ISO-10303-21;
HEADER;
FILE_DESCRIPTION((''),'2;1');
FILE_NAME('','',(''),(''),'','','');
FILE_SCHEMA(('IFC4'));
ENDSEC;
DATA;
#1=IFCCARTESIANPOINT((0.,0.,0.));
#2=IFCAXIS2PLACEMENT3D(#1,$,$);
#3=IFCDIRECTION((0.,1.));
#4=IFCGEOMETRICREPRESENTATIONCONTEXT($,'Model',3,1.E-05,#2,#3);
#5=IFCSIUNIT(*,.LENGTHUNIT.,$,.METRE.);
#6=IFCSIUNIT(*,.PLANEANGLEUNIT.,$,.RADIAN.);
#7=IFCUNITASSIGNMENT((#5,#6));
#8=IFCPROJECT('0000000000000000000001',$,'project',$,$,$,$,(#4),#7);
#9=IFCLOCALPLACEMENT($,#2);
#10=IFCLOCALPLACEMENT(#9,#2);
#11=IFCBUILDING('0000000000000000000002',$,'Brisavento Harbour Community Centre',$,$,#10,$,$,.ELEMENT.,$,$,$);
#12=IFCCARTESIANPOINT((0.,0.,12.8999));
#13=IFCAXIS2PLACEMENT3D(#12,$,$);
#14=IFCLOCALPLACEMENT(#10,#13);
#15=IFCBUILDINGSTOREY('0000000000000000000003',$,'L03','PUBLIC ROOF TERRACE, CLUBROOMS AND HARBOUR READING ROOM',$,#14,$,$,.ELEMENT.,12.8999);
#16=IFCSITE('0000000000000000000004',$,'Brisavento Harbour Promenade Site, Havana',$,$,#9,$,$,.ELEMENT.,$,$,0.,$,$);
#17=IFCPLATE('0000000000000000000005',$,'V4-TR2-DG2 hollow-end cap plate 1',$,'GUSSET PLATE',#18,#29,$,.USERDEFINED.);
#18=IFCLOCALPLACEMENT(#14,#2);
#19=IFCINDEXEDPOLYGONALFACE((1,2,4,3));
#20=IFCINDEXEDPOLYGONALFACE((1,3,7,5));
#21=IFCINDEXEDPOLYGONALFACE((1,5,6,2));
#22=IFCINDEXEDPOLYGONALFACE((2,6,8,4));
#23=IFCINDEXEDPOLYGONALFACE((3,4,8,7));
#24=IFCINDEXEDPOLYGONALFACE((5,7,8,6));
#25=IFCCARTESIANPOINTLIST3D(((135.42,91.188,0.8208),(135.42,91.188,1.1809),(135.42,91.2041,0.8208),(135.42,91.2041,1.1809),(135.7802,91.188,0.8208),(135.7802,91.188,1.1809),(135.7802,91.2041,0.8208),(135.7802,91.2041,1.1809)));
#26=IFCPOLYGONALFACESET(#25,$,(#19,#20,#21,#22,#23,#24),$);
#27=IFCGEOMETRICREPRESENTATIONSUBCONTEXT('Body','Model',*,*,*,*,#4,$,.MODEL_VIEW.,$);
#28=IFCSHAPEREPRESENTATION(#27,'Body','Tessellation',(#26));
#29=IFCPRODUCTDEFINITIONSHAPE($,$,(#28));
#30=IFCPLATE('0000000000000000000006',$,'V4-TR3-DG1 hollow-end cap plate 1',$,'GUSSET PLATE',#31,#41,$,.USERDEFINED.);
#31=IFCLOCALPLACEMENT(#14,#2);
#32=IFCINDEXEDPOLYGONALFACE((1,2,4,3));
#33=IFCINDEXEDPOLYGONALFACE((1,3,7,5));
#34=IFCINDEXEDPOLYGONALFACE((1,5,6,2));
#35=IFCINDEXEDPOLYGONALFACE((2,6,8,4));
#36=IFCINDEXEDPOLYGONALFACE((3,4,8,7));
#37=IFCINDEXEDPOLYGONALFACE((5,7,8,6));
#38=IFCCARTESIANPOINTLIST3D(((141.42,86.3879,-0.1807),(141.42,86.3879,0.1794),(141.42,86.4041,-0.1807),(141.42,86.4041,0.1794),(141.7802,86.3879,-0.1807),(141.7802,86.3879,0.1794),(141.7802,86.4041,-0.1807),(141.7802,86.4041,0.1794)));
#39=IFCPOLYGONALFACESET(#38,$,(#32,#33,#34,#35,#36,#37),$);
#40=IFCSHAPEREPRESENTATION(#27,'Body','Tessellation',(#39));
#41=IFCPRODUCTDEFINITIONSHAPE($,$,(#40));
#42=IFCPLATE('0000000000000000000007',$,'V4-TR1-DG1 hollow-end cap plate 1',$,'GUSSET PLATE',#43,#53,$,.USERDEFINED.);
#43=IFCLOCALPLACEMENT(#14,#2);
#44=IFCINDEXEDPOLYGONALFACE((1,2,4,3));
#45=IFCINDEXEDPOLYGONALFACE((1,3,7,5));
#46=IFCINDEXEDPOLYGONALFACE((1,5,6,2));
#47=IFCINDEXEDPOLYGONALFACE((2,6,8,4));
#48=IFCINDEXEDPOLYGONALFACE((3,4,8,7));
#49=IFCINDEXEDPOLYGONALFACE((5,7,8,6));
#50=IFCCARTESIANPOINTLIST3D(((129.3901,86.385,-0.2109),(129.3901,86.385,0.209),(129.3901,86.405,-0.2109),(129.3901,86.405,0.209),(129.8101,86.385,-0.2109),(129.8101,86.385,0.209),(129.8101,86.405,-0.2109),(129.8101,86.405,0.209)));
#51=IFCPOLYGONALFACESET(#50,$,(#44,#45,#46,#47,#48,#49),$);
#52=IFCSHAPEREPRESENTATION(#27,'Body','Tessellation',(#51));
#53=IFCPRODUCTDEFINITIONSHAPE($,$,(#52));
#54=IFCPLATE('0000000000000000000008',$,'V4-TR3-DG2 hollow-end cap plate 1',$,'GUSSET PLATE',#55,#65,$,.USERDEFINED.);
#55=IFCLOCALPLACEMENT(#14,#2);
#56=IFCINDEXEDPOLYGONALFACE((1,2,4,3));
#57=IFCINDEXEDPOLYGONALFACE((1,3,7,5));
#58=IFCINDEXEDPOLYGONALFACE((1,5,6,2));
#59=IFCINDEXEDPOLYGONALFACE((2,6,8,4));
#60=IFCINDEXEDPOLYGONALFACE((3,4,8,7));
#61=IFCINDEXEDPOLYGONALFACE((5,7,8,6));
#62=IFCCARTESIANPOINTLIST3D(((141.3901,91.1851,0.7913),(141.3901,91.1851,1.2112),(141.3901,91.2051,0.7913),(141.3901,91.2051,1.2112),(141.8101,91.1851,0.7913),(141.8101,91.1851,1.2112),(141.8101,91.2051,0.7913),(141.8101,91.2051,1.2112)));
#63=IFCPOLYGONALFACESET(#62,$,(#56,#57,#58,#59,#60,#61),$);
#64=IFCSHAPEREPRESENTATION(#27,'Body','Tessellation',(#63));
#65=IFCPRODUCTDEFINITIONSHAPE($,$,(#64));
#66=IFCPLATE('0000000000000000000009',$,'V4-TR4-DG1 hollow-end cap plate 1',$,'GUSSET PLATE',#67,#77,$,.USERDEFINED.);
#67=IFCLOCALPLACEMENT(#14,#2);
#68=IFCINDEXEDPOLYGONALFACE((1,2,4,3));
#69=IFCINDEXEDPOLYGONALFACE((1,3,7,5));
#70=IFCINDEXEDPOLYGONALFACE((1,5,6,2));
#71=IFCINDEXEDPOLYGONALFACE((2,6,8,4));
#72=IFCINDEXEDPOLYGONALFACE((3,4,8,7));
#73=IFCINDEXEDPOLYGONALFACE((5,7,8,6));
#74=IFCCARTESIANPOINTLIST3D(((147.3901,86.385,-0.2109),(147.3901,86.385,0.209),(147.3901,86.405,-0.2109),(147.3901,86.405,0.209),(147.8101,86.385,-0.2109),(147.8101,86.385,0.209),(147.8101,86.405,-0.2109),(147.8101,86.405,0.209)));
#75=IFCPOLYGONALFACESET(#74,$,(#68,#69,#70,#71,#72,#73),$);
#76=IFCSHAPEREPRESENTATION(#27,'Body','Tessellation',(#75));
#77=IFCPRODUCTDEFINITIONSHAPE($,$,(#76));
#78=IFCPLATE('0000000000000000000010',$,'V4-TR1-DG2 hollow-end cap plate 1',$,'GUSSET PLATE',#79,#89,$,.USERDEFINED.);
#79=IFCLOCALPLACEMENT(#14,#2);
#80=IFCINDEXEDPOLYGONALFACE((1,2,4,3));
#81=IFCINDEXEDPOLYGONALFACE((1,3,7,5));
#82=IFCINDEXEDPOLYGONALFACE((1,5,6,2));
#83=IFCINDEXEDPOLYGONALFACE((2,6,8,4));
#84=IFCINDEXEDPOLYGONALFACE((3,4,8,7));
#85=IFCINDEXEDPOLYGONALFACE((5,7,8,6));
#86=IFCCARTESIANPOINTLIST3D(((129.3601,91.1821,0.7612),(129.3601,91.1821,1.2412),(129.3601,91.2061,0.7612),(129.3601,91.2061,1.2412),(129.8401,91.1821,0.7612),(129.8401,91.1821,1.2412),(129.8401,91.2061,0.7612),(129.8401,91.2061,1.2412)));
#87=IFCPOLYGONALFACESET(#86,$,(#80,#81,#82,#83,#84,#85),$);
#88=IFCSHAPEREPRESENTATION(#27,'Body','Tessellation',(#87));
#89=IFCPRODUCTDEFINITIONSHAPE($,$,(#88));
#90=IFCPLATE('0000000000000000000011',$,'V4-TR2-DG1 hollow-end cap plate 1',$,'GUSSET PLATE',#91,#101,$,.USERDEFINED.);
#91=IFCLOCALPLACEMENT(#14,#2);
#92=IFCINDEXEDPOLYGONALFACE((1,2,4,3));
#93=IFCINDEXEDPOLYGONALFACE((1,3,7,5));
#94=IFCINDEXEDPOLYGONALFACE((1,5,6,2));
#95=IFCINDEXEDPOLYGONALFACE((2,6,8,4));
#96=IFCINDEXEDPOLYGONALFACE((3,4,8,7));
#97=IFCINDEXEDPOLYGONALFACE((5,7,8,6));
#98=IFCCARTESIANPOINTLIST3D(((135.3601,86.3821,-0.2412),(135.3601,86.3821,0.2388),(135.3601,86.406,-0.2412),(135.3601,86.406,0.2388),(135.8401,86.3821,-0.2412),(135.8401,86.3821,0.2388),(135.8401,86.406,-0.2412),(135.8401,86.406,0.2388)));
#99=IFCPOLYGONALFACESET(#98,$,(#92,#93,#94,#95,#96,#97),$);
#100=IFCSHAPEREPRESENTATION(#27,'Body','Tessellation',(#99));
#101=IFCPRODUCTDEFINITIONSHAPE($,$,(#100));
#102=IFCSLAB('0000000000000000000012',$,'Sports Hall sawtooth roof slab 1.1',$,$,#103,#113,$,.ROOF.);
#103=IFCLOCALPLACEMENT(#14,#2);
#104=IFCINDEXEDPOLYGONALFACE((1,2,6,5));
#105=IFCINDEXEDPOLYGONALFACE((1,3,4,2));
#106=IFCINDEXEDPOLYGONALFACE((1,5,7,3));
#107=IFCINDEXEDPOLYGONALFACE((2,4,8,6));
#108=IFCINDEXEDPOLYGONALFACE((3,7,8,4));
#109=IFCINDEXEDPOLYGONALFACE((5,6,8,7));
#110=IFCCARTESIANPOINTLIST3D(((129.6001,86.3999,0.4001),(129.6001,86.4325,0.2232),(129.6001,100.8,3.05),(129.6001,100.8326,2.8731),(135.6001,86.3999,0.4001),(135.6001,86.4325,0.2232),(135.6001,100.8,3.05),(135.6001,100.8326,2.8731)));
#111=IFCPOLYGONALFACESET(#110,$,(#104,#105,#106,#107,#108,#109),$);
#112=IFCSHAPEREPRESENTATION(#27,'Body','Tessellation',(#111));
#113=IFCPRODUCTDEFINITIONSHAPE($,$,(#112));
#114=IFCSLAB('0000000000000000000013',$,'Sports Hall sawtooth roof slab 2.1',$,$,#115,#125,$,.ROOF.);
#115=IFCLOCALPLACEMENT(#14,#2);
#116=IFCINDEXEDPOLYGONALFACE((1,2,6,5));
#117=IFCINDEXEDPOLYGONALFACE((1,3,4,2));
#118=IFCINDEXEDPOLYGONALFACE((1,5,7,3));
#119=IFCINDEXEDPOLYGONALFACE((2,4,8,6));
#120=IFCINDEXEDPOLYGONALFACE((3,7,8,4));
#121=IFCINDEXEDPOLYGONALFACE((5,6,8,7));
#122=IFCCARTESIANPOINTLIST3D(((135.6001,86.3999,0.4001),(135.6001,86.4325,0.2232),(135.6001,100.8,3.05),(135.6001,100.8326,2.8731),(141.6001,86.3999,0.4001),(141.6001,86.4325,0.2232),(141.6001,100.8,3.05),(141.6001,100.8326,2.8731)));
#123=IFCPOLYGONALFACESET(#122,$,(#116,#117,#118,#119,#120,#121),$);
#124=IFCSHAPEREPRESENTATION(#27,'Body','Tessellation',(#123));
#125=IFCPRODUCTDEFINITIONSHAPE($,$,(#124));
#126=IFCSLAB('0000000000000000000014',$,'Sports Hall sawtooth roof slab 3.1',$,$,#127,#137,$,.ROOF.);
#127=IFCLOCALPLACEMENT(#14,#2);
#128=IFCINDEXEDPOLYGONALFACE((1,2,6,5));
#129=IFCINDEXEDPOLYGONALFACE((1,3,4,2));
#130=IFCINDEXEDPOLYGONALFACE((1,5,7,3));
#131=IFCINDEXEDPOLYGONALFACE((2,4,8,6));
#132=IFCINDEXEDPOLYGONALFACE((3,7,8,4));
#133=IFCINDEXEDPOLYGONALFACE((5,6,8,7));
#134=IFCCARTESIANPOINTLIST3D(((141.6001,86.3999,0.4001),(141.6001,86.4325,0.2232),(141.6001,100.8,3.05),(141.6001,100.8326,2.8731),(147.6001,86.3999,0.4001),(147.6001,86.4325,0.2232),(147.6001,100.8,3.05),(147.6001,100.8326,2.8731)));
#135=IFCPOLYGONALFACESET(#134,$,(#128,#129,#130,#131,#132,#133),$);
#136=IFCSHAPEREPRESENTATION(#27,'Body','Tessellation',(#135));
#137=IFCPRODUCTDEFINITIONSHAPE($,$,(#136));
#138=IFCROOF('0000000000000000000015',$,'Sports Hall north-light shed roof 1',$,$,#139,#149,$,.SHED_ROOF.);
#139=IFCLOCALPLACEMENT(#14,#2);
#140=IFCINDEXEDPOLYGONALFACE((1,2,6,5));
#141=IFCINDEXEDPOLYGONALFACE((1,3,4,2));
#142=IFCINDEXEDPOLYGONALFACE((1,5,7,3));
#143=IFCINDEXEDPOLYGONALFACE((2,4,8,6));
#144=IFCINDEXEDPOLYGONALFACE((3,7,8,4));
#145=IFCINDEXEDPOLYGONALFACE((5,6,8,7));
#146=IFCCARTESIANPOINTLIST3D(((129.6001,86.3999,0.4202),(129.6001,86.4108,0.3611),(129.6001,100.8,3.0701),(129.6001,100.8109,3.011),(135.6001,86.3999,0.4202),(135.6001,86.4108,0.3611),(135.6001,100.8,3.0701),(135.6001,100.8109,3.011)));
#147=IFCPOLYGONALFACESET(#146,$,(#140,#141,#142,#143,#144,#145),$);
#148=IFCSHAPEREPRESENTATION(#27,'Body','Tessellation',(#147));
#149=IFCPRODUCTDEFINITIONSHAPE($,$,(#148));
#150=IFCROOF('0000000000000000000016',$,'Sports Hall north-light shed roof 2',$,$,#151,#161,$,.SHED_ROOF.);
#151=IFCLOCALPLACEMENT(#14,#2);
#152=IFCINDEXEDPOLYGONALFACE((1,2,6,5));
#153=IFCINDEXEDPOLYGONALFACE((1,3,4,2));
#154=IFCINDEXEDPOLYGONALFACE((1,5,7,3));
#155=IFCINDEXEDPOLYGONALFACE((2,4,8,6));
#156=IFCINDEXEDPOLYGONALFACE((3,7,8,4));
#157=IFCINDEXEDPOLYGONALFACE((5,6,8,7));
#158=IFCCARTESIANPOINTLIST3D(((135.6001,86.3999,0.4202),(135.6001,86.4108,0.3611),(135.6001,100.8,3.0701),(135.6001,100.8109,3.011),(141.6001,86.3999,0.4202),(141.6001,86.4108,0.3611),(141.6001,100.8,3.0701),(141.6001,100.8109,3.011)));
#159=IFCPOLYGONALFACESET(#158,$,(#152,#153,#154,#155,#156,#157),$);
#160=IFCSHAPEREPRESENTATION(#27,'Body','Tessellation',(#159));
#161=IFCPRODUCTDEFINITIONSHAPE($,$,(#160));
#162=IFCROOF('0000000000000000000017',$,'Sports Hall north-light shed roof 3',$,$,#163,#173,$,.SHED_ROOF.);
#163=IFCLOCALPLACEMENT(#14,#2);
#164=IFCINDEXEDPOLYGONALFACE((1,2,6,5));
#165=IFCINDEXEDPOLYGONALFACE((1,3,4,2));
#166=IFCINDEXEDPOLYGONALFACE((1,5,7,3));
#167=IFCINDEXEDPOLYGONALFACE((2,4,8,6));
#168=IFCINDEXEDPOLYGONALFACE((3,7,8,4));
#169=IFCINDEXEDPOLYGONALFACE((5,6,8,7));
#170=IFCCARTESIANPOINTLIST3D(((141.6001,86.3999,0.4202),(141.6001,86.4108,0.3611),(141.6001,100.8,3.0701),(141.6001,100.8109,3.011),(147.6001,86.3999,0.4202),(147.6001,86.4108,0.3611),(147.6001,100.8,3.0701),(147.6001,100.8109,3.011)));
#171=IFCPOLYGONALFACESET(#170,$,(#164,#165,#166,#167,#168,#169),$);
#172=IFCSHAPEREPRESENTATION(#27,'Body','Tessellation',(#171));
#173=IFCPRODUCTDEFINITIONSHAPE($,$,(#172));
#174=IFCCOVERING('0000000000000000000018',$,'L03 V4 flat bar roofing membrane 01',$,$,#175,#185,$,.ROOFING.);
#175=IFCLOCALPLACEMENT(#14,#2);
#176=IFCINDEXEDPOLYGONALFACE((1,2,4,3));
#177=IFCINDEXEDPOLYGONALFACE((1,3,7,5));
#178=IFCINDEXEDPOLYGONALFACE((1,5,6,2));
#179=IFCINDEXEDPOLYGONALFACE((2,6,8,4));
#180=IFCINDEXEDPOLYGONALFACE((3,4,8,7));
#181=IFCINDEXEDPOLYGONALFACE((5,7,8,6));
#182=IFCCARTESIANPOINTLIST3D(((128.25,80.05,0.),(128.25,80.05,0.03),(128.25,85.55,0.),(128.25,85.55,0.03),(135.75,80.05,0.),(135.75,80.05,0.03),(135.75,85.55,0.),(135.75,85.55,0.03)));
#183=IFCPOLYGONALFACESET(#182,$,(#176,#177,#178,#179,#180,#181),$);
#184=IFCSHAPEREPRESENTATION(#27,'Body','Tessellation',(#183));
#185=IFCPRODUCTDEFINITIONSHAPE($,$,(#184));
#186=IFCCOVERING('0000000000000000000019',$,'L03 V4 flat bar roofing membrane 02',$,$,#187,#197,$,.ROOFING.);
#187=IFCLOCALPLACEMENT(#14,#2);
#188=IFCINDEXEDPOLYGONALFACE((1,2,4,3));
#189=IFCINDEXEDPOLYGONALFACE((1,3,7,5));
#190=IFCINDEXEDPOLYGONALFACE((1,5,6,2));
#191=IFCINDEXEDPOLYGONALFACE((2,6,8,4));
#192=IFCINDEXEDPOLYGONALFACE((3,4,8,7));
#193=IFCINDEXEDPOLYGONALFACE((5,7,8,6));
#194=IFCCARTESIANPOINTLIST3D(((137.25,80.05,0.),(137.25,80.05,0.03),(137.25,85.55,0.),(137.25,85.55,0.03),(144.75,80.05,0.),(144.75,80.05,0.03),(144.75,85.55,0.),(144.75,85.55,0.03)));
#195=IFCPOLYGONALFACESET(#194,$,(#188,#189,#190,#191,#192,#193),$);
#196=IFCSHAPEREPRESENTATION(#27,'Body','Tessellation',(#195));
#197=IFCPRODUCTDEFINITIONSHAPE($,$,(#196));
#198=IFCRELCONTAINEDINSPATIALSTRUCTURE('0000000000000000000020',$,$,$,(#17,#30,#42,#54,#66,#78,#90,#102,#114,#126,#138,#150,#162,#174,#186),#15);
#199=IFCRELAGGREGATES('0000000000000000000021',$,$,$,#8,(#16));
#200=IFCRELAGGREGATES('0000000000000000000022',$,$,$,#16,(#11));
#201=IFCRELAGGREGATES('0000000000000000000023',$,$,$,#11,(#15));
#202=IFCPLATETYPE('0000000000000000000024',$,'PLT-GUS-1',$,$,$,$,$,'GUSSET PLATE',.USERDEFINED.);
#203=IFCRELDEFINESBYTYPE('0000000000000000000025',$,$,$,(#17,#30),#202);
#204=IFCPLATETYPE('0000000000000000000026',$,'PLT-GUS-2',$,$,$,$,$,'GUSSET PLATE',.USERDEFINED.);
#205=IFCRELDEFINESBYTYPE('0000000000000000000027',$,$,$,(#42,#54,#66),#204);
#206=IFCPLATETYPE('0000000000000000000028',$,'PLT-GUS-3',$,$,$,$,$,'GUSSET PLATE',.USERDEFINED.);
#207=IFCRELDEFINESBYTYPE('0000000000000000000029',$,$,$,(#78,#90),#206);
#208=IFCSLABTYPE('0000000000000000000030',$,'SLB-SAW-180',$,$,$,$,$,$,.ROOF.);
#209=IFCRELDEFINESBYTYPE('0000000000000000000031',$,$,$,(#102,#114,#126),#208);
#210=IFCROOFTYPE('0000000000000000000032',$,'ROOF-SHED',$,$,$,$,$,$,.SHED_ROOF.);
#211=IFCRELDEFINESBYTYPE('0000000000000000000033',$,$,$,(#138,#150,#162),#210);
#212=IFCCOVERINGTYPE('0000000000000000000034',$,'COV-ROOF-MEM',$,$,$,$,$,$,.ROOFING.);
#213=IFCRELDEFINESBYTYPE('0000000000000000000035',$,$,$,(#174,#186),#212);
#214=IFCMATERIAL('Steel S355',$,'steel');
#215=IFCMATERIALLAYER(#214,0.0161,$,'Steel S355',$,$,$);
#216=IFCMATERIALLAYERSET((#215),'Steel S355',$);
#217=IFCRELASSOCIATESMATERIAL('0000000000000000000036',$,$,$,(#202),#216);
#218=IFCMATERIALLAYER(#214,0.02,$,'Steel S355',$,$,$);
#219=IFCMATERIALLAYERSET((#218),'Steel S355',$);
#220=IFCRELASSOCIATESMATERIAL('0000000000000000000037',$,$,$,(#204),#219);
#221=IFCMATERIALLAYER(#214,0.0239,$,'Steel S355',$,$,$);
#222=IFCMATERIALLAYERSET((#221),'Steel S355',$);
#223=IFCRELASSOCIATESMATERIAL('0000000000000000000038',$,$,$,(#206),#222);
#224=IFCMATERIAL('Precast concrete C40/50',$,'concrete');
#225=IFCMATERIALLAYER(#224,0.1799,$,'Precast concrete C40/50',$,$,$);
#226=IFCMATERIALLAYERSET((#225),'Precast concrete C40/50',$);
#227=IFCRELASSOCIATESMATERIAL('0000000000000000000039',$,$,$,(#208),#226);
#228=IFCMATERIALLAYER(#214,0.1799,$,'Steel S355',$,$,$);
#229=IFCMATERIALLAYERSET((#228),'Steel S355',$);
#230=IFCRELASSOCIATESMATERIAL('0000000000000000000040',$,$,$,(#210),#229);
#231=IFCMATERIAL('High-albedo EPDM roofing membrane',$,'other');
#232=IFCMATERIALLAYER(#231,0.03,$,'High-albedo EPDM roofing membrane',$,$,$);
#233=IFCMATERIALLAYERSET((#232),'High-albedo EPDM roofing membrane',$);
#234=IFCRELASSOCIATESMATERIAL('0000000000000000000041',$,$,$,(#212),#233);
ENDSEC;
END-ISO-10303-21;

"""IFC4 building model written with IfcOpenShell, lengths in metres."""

from ifc_helpers import new_model, si_unit, direction, frame, origin, origin_2d, place, context, subcontext, project, spatial, polyline, rectangle, outline, extrude, material, layer, layer_set, type_object, element, save


model = new_model("IFC4")

# Units and contexts
model_context = context("Model", 3, precision=1e-05, world=origin(), true_north=direction((0.0, 1.0)))
body_context = subcontext(model_context, "Body", "Model", "MODEL_VIEW")
ifc_project = project(units=[si_unit("LENGTHUNIT", "METRE"), si_unit("PLANEANGLEUNIT", "RADIAN")], contexts=[model_context])

# Site, building, storey
site_placement = place(None, origin())
site = spatial("IfcSite", under=ifc_project, at=site_placement, Name="Brisavento Harbour Promenade Site, Havana", CompositionType="ELEMENT", RefElevation=0.0)
building_placement = place(site_placement, origin())
building = spatial("IfcBuilding", under=site, at=building_placement, Name="Brisavento Harbour Community Centre", CompositionType="ELEMENT")
storey_placement = place(building_placement, frame((0.0, 0.0, 12.8999)))
storey = spatial("IfcBuildingStorey", under=building, at=storey_placement, Name="L03", Description="PUBLIC ROOF TERRACE, CLUBROOMS AND HARBOUR READING ROOM", CompositionType="ELEMENT", Elevation=12.8999)

# Shared definitions
ifc_material_1 = material(Name="Steel S355", Category="steel")

# Plates
ifc_layer_1 = layer(ifc_material_1, 0.0161, Name="Steel S355")
ifc_layer_set_1 = layer_set([ifc_layer_1], Name="Steel S355")
plate_type_1 = type_object("IfcPlateType", Name="PLT-GUS-1", ElementType="GUSSET PLATE", PredefinedType="USERDEFINED", material=ifc_layer_set_1)
for number, where, z_axis, x_axis, name in (
    (1, (135.6001, 91.196, 0.8208), (0.0, 0.0, 1.0), (0.0, 1.0, 0.0), "V4-TR2-DG2 hollow-end cap plate 1"),
    (2, (141.6001, 86.396, -0.1807), (0.0, 0.0, 1.0), (0.0, 1.0, 0.0), "V4-TR3-DG1 hollow-end cap plate 1"),
):
    element("IfcPlate", number, at=place(storey_placement, frame(where, z_axis=z_axis, x_axis=x_axis)), inside=storey, type_object=plate_type_1, Name=name, ObjectType="GUSSET PLATE", PredefinedType="USERDEFINED", context=body_context, shape_type="SweptSolid", body=[
        extrude(rectangle(XDim=0.0161, YDim=0.3601, at=origin_2d()), origin(), (0.0, 0.0, 1.0), 0.3601),
    ])
ifc_layer_2 = layer(ifc_material_1, 0.02, Name="Steel S355")
ifc_layer_set_2 = layer_set([ifc_layer_2], Name="Steel S355")
plate_type_2 = type_object("IfcPlateType", Name="PLT-GUS-2", ElementType="GUSSET PLATE", PredefinedType="USERDEFINED", material=ifc_layer_set_2)
for number, where, z_axis, x_axis, name in (
    (3, (129.6001, 86.395, -0.2109), (0.0, 0.0, 1.0), (0.0, 1.0, 0.0), "V4-TR1-DG1 hollow-end cap plate 1"),
    (4, (141.6001, 91.1951, 0.7913), (0.0, 0.0, 1.0), (0.0, 1.0, 0.0), "V4-TR3-DG2 hollow-end cap plate 1"),
    (5, (147.6001, 86.395, -0.2109), (0.0, 0.0, 1.0), (0.0, 1.0, 0.0), "V4-TR4-DG1 hollow-end cap plate 1"),
):
    element("IfcPlate", number, at=place(storey_placement, frame(where, z_axis=z_axis, x_axis=x_axis)), inside=storey, type_object=plate_type_2, Name=name, ObjectType="GUSSET PLATE", PredefinedType="USERDEFINED", context=body_context, shape_type="SweptSolid", body=[
        extrude(rectangle(XDim=0.02, YDim=0.4199, at=origin_2d()), origin(), (0.0, 0.0, 1.0), 0.4199),
    ])
ifc_layer_3 = layer(ifc_material_1, 0.0239, Name="Steel S355")
ifc_layer_set_3 = layer_set([ifc_layer_3], Name="Steel S355")
plate_type_3 = type_object("IfcPlateType", Name="PLT-GUS-3", ElementType="GUSSET PLATE", PredefinedType="USERDEFINED", material=ifc_layer_set_3)
for number, where, z_axis, x_axis, name in (
    (6, (129.6001, 91.1941, 0.7612), (0.0, 0.0, 1.0), (0.0, 1.0, 0.0), "V4-TR1-DG2 hollow-end cap plate 1"),
    (7, (135.6001, 86.394, -0.2412), (0.0, 0.0, 1.0), (0.0, 1.0, 0.0), "V4-TR2-DG1 hollow-end cap plate 1"),
):
    element("IfcPlate", number, at=place(storey_placement, frame(where, z_axis=z_axis, x_axis=x_axis)), inside=storey, type_object=plate_type_3, Name=name, ObjectType="GUSSET PLATE", PredefinedType="USERDEFINED", context=body_context, shape_type="SweptSolid", body=[
        extrude(rectangle(XDim=0.0239, YDim=0.48, at=origin_2d()), origin(), (0.0, 0.0, 1.0), 0.48),
    ])

# Slabs
ifc_material_2 = material(Name="Precast concrete C40/50", Category="concrete")
ifc_layer_4 = layer(ifc_material_2, 0.1799, Name="Precast concrete C40/50")
ifc_layer_set_4 = layer_set([ifc_layer_4], Name="Precast concrete C40/50")
slab_type = type_object("IfcSlabType", Name="SLB-SAW-180", PredefinedType="ROOF", material=ifc_layer_set_4)
for number, where, z_axis, x_axis, name in (
    (8, (129.6001, 86.3999, 0.4001), (0.0, -0.18098, 0.983487), (1.0, 0.0, 0.0), "Sports Hall sawtooth roof slab 1.1"),
    (9, (135.6001, 86.3999, 0.4001), (0.0, -0.18098, 0.983487), (1.0, 0.0, 0.0), "Sports Hall sawtooth roof slab 2.1"),
    (10, (141.6001, 86.3999, 0.4001), (0.0, -0.18098, 0.983487), (1.0, 0.0, 0.0), "Sports Hall sawtooth roof slab 3.1"),
):
    element("IfcSlab", number, at=place(storey_placement, frame(where, z_axis=z_axis, x_axis=x_axis)), inside=storey, type_object=slab_type, Name=name, PredefinedType="ROOF", context=body_context, shape_type="SweptSolid", body=[
        extrude(outline(polyline([(0.0, 0.0), (6.0, 0.0), (6.0, 14.6419), (0.0, 14.6419), (0.0, 0.0)])), origin(), (0.0, 0.0, -1.0), 0.1799),
    ])

# Roofs
ifc_layer_5 = layer(ifc_material_1, 0.1799, Name="Steel S355")
ifc_layer_set_5 = layer_set([ifc_layer_5], Name="Steel S355")
roof_type = type_object("IfcRoofType", Name="ROOF-SHED", PredefinedType="SHED_ROOF", material=ifc_layer_set_5)
for number, where, z_axis, x_axis, name in (
    (11, (129.6001, 86.3999, 0.4202), (0.0, -0.18098, 0.983487), (1.0, 0.0, 0.0), "Sports Hall north-light shed roof 1"),
    (12, (135.6001, 86.3999, 0.4202), (0.0, -0.18098, 0.983487), (1.0, 0.0, 0.0), "Sports Hall north-light shed roof 2"),
    (13, (141.6001, 86.3999, 0.4202), (0.0, -0.18098, 0.983487), (1.0, 0.0, 0.0), "Sports Hall north-light shed roof 3"),
):
    element("IfcRoof", number, at=place(storey_placement, frame(where, z_axis=z_axis, x_axis=x_axis)), inside=storey, type_object=roof_type, Name=name, PredefinedType="SHED_ROOF", context=body_context, shape_type="SweptSolid", body=[
        extrude(outline(polyline([(0.0, 0.0), (6.0, 0.0), (6.0, 14.6419), (0.0, 14.6419), (0.0, 0.0)])), origin(), (0.0, 0.0, -1.0), 0.0601),
    ])

# Coverings
ifc_material_3 = material(Name="High-albedo EPDM roofing membrane", Category="other")
ifc_layer_6 = layer(ifc_material_3, 0.03, Name="High-albedo EPDM roofing membrane")
ifc_layer_set_6 = layer_set([ifc_layer_6], Name="High-albedo EPDM roofing membrane")
covering_type = type_object("IfcCoveringType", Name="COV-ROOF-MEM", PredefinedType="ROOFING", material=ifc_layer_set_6)
for number, where, z_axis, x_axis, name in (
    (14, (132.0, 82.8, 0.0), (0.0, 0.0, 1.0), (1.0, 0.0, 0.0), "L03 V4 flat bar roofing membrane 01"),
    (15, (141.0, 82.8, 0.0), (0.0, 0.0, 1.0), (1.0, 0.0, 0.0), "L03 V4 flat bar roofing membrane 02"),
):
    element("IfcCovering", number, at=place(storey_placement, frame(where, z_axis=z_axis, x_axis=x_axis)), inside=storey, type_object=covering_type, Name=name, PredefinedType="ROOFING", context=body_context, shape_type="SweptSolid", body=[
        extrude(rectangle(XDim=7.5, YDim=5.5, at=origin_2d()), origin(), (0.0, 0.0, 1.0), 0.03),
    ])

save(model, "model.ifc")
